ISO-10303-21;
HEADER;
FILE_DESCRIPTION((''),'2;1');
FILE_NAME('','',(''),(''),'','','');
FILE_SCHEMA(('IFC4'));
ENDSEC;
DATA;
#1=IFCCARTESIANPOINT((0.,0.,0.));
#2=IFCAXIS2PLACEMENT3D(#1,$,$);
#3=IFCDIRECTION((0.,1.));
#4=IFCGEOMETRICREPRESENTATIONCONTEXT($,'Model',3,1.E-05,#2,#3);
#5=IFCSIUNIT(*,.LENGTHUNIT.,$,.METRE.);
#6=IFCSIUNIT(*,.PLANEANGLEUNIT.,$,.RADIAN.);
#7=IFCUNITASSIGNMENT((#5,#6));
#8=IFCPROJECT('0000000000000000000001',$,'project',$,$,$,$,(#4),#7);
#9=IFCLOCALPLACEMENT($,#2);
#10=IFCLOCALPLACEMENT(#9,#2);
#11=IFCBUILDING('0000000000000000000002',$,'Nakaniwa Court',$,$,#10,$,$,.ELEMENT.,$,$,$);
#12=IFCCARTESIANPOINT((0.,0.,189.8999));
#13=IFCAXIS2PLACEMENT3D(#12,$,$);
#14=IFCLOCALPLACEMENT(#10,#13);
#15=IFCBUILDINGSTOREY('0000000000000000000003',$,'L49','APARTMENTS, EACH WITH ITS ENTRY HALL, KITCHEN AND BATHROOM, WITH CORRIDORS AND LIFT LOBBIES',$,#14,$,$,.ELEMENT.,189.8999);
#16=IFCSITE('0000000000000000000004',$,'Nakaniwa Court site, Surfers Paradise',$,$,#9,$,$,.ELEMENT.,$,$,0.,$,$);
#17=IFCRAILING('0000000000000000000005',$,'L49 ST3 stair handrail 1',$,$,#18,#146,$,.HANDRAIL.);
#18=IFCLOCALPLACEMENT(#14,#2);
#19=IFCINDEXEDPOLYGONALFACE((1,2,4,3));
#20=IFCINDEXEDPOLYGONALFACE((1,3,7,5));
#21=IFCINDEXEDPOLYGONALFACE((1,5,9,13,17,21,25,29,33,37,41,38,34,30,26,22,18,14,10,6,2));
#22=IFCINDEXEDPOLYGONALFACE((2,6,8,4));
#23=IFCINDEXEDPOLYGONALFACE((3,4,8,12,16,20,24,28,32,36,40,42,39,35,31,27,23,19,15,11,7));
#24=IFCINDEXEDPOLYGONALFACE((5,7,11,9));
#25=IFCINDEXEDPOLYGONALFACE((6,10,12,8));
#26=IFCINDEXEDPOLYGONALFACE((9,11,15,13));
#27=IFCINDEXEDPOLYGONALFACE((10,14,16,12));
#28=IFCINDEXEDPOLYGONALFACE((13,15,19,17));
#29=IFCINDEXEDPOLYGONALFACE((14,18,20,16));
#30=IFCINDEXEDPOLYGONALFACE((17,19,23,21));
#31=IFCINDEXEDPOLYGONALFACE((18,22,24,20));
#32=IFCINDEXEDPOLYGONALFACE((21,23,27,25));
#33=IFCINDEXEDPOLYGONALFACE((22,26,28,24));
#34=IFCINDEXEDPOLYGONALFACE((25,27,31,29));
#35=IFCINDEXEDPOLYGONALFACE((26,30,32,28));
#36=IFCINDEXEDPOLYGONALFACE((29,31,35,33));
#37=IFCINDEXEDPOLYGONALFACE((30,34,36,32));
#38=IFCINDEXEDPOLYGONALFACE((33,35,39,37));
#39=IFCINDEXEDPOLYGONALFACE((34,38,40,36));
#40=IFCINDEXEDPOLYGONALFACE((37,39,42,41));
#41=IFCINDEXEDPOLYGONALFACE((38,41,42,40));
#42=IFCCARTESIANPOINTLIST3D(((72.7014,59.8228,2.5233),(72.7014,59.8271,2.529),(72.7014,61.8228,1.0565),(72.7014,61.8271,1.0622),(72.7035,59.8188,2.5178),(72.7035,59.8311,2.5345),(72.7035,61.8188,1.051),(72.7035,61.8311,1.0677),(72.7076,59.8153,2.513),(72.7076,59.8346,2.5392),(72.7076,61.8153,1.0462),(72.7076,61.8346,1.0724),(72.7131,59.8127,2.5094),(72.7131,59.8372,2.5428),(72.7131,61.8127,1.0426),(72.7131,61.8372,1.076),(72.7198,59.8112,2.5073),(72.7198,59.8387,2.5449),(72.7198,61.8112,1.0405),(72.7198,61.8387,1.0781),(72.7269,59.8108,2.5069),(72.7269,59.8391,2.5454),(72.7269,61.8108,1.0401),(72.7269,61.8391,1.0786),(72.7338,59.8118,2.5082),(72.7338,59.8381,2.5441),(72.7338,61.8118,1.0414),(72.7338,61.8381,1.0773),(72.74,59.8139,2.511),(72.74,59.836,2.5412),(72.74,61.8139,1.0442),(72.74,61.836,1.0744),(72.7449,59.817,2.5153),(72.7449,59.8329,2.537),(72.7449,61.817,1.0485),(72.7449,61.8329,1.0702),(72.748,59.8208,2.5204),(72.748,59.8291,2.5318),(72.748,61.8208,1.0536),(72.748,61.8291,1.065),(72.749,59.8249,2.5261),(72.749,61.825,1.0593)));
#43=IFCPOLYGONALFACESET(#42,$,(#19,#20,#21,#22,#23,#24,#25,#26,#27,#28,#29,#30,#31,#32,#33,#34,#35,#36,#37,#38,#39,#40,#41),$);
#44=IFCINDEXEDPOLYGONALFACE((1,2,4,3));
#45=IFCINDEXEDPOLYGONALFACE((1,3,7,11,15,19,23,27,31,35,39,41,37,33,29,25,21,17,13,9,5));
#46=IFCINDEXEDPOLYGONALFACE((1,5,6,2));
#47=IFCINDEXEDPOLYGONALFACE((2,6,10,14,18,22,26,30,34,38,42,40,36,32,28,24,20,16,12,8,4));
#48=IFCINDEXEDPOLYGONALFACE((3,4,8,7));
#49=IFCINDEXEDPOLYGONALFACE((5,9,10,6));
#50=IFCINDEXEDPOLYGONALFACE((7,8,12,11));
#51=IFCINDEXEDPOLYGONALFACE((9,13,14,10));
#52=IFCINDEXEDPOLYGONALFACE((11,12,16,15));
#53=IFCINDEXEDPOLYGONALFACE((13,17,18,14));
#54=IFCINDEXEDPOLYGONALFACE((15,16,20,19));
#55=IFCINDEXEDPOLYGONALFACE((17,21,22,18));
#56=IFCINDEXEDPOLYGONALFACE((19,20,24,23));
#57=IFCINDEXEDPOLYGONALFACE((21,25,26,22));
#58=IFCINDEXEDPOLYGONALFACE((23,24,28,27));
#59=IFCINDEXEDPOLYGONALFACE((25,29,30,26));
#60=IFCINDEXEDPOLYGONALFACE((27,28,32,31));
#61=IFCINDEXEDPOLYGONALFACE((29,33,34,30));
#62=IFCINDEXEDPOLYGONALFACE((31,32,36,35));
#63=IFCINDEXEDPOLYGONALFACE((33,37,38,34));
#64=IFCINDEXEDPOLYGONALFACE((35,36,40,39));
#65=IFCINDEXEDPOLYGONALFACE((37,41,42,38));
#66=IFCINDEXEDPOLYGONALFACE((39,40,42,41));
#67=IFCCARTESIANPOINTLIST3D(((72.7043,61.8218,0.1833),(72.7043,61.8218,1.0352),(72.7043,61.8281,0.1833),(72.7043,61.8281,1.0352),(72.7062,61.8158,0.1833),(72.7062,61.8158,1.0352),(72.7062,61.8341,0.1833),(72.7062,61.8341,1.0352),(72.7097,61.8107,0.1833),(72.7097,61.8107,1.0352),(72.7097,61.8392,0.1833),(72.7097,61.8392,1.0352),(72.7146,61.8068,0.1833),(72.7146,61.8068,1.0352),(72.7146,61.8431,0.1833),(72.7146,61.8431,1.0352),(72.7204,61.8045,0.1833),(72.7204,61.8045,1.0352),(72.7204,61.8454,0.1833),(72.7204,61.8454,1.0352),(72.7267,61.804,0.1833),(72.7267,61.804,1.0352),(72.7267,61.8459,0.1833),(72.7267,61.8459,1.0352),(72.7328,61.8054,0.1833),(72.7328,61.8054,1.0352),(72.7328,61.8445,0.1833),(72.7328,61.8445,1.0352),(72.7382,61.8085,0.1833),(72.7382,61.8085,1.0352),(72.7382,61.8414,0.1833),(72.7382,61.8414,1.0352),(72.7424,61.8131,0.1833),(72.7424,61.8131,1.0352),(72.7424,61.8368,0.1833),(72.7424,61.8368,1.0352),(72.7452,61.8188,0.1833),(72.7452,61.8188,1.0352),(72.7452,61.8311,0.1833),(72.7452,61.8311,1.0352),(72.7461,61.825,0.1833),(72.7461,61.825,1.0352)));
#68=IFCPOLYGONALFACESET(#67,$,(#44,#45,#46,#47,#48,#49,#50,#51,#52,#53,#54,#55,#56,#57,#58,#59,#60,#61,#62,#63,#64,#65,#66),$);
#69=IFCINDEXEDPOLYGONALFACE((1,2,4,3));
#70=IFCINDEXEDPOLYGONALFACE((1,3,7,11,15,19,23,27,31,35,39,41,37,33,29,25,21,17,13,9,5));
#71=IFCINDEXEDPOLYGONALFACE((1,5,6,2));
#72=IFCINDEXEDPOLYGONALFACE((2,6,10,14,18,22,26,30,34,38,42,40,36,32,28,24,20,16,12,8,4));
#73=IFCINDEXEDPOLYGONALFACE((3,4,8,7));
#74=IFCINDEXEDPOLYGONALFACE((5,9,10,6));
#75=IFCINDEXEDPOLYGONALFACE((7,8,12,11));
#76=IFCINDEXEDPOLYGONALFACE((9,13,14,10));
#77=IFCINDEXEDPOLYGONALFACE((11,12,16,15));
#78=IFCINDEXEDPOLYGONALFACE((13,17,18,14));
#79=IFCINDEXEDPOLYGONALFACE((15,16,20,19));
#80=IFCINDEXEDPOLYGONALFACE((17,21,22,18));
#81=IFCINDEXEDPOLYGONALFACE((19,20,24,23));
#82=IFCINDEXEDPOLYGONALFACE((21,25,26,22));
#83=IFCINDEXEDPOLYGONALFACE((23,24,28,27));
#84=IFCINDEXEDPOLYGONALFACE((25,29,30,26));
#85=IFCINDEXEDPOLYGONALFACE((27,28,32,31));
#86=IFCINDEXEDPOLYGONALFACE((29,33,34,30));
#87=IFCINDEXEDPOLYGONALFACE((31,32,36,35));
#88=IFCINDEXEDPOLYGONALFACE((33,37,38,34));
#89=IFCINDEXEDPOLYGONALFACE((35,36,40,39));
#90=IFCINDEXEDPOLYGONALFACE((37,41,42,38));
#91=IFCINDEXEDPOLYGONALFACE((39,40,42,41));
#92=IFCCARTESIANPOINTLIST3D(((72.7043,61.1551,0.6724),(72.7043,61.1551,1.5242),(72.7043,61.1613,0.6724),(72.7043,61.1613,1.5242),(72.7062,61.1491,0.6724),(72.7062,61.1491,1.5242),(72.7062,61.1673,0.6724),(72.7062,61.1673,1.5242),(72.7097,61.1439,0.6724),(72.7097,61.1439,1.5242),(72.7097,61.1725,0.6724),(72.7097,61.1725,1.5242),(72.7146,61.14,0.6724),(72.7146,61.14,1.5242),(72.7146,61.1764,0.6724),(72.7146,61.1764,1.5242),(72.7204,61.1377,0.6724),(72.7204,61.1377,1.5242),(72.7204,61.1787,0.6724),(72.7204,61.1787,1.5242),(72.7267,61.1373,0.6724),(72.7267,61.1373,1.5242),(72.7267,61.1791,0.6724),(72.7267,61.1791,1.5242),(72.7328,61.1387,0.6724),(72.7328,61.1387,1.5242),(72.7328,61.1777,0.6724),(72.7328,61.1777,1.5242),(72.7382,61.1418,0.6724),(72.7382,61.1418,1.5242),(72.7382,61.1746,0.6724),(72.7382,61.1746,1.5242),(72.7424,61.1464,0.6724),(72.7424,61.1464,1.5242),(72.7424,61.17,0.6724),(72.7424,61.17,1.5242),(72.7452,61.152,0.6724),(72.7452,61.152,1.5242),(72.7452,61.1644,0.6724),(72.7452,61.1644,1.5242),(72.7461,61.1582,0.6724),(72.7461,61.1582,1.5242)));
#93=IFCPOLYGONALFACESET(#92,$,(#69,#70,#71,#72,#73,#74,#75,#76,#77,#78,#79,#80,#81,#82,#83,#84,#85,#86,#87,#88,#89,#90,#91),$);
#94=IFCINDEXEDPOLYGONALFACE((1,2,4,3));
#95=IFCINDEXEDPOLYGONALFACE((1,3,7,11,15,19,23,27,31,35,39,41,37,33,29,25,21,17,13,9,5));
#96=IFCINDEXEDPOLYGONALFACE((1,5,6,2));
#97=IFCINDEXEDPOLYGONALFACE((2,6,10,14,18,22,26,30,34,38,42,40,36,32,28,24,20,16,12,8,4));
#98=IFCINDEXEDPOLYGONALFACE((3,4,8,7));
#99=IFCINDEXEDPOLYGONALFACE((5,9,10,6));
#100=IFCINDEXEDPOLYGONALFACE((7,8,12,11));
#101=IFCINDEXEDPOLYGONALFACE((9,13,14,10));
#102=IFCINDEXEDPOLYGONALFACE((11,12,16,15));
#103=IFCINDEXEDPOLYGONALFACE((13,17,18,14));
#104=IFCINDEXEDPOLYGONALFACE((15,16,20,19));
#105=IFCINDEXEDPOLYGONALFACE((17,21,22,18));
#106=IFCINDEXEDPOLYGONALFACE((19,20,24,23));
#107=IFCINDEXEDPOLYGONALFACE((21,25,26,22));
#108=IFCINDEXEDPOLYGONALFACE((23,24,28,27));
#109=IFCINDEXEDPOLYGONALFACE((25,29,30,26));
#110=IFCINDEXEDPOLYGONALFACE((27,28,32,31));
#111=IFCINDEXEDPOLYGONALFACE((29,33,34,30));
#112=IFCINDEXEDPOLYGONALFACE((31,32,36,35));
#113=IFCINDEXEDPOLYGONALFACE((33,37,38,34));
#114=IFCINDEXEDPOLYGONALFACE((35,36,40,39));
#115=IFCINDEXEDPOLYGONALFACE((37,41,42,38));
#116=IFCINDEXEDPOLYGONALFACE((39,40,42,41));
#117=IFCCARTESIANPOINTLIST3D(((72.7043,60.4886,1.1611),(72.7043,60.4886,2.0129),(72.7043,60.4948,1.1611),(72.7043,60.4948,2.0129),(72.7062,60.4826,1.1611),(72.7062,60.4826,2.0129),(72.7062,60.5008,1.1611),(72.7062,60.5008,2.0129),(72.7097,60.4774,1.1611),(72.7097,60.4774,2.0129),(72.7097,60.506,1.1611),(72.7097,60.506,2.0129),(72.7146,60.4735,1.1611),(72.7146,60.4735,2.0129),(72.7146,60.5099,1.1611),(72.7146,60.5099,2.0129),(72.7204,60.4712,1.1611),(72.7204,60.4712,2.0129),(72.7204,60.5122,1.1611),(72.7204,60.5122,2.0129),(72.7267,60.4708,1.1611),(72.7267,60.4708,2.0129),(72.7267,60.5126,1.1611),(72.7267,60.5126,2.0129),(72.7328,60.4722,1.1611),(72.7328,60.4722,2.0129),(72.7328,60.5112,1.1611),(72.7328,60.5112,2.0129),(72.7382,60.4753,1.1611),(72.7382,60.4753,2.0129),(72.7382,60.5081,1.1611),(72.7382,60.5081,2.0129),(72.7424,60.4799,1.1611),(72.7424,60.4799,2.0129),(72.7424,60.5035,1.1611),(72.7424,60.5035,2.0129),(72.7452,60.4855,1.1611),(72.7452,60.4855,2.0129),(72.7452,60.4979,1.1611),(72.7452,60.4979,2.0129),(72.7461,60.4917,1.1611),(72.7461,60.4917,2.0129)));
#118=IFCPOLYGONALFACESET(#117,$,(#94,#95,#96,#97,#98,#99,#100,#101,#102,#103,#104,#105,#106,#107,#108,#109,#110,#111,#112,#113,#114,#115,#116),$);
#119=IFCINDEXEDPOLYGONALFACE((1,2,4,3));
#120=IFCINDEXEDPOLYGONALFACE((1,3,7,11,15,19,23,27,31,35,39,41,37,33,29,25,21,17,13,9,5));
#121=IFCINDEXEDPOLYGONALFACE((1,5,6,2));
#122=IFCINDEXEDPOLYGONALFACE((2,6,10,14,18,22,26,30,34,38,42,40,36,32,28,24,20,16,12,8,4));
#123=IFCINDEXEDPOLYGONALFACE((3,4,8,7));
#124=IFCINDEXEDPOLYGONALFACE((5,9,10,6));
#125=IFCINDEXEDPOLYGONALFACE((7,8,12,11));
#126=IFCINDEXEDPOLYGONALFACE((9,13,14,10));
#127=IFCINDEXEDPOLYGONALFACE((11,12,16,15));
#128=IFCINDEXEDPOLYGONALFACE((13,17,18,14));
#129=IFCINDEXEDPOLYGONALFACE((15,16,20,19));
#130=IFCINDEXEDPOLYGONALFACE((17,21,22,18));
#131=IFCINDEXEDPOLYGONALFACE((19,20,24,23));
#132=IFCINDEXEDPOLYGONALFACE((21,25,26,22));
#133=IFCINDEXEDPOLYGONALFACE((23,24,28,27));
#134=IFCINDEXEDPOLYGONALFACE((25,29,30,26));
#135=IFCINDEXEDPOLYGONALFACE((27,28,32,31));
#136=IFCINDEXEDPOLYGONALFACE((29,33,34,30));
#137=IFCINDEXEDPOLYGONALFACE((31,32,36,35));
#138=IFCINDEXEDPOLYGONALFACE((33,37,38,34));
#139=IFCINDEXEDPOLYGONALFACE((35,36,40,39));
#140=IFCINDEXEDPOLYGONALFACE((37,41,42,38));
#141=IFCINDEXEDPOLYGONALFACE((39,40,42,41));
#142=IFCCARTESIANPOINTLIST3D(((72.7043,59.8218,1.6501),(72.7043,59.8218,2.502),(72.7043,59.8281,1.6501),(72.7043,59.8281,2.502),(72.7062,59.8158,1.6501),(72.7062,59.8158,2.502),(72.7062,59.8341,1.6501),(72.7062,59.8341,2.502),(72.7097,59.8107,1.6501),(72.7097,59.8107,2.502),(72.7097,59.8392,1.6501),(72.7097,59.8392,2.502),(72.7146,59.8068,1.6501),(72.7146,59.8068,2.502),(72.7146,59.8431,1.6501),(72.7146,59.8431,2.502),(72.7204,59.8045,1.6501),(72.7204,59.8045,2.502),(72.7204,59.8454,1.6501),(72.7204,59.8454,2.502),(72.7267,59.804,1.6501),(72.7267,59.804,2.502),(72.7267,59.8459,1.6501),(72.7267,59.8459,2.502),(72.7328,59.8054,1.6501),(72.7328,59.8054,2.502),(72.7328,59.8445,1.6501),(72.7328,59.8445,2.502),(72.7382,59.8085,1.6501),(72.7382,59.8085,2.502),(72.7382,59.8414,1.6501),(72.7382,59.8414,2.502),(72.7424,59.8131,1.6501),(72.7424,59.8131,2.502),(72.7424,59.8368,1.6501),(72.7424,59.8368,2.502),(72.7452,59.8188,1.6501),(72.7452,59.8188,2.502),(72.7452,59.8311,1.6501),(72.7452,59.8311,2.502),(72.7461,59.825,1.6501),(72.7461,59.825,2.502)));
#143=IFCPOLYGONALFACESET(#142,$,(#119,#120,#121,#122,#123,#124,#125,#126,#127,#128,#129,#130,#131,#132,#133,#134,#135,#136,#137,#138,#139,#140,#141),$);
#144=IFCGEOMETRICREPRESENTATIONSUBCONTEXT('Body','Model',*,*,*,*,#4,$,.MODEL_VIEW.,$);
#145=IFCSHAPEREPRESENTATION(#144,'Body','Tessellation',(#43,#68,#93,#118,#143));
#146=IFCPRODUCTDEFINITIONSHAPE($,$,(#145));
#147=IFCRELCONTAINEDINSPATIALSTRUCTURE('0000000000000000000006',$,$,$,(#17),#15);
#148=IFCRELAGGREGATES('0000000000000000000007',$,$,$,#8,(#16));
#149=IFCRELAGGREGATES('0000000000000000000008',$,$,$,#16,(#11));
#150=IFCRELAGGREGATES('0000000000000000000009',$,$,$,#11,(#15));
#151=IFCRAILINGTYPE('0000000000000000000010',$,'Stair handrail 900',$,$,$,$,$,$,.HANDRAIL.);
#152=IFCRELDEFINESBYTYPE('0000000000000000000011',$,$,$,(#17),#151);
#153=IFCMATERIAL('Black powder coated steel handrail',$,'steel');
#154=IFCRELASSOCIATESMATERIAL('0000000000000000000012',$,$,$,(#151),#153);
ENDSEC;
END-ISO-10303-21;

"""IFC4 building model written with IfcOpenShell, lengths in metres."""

from ifc_helpers import new_model, si_unit, direction, frame, origin, origin_2d, place, context, subcontext, project, spatial, circle, extrude, material, type_object, element, save


model = new_model("IFC4")

# Units and contexts
model_context = context("Model", 3, precision=1e-05, world=origin(), true_north=direction((0.0, 1.0)))
body_context = subcontext(model_context, "Body", "Model", "MODEL_VIEW")
ifc_project = project(units=[si_unit("LENGTHUNIT", "METRE"), si_unit("PLANEANGLEUNIT", "RADIAN")], contexts=[model_context])

# Site, building, storey
site_placement = place(None, origin())
site = spatial("IfcSite", under=ifc_project, at=site_placement, Name="Nakaniwa Court site, Surfers Paradise", CompositionType="ELEMENT", RefElevation=0.0)
building_placement = place(site_placement, origin())
building = spatial("IfcBuilding", under=site, at=building_placement, Name="Nakaniwa Court", CompositionType="ELEMENT")
storey_placement = place(building_placement, frame((0.0, 0.0, 189.8999)))
storey = spatial("IfcBuildingStorey", under=building, at=storey_placement, Name="L49", Description="APARTMENTS, EACH WITH ITS ENTRY HALL, KITCHEN AND BATHROOM, WITH CORRIDORS AND LIFT LOBBIES", CompositionType="ELEMENT", Elevation=189.8999)

# Railing
ifc_material_1 = material(Name="Black powder coated steel handrail", Category="steel")
railing_type_1 = type_object("IfcRailingType", Name="Stair handrail 900", PredefinedType="HANDRAIL", material=ifc_material_1)
railing_1_placement = place(storey_placement, frame((72.7251, 61.825, 0.1833)))
element("IfcRailing", 1, at=railing_1_placement, inside=storey, type_object=railing_type_1, Name="L49 ST3 stair handrail 1", PredefinedType="HANDRAIL", context=body_context, shape_type="SweptSolid", body=[
    extrude(circle(Radius=0.0239, at=origin_2d()), frame((0.0, 0.0, 0.876), z_axis=(0.0, -0.80638, 0.591398), x_axis=(1.0, 0.0, 0.0)), (0.0, 0.0, 1.0), 2.4802),
    extrude(circle(Radius=0.021, at=origin_2d()), origin(), (0.0, 0.0, 1.0), 0.8518),
    extrude(circle(Radius=0.021, at=origin_2d()), frame((0.0, -0.6667, 0.489)), (0.0, 0.0, 1.0), 0.8518),
    extrude(circle(Radius=0.021, at=origin_2d()), frame((0.0, -1.3333, 0.9778)), (0.0, 0.0, 1.0), 0.8518),
    extrude(circle(Radius=0.021, at=origin_2d()), frame((0.0, -2.0, 1.4668)), (0.0, 0.0, 1.0), 0.8518),
])

save(model, "model.ifc")
